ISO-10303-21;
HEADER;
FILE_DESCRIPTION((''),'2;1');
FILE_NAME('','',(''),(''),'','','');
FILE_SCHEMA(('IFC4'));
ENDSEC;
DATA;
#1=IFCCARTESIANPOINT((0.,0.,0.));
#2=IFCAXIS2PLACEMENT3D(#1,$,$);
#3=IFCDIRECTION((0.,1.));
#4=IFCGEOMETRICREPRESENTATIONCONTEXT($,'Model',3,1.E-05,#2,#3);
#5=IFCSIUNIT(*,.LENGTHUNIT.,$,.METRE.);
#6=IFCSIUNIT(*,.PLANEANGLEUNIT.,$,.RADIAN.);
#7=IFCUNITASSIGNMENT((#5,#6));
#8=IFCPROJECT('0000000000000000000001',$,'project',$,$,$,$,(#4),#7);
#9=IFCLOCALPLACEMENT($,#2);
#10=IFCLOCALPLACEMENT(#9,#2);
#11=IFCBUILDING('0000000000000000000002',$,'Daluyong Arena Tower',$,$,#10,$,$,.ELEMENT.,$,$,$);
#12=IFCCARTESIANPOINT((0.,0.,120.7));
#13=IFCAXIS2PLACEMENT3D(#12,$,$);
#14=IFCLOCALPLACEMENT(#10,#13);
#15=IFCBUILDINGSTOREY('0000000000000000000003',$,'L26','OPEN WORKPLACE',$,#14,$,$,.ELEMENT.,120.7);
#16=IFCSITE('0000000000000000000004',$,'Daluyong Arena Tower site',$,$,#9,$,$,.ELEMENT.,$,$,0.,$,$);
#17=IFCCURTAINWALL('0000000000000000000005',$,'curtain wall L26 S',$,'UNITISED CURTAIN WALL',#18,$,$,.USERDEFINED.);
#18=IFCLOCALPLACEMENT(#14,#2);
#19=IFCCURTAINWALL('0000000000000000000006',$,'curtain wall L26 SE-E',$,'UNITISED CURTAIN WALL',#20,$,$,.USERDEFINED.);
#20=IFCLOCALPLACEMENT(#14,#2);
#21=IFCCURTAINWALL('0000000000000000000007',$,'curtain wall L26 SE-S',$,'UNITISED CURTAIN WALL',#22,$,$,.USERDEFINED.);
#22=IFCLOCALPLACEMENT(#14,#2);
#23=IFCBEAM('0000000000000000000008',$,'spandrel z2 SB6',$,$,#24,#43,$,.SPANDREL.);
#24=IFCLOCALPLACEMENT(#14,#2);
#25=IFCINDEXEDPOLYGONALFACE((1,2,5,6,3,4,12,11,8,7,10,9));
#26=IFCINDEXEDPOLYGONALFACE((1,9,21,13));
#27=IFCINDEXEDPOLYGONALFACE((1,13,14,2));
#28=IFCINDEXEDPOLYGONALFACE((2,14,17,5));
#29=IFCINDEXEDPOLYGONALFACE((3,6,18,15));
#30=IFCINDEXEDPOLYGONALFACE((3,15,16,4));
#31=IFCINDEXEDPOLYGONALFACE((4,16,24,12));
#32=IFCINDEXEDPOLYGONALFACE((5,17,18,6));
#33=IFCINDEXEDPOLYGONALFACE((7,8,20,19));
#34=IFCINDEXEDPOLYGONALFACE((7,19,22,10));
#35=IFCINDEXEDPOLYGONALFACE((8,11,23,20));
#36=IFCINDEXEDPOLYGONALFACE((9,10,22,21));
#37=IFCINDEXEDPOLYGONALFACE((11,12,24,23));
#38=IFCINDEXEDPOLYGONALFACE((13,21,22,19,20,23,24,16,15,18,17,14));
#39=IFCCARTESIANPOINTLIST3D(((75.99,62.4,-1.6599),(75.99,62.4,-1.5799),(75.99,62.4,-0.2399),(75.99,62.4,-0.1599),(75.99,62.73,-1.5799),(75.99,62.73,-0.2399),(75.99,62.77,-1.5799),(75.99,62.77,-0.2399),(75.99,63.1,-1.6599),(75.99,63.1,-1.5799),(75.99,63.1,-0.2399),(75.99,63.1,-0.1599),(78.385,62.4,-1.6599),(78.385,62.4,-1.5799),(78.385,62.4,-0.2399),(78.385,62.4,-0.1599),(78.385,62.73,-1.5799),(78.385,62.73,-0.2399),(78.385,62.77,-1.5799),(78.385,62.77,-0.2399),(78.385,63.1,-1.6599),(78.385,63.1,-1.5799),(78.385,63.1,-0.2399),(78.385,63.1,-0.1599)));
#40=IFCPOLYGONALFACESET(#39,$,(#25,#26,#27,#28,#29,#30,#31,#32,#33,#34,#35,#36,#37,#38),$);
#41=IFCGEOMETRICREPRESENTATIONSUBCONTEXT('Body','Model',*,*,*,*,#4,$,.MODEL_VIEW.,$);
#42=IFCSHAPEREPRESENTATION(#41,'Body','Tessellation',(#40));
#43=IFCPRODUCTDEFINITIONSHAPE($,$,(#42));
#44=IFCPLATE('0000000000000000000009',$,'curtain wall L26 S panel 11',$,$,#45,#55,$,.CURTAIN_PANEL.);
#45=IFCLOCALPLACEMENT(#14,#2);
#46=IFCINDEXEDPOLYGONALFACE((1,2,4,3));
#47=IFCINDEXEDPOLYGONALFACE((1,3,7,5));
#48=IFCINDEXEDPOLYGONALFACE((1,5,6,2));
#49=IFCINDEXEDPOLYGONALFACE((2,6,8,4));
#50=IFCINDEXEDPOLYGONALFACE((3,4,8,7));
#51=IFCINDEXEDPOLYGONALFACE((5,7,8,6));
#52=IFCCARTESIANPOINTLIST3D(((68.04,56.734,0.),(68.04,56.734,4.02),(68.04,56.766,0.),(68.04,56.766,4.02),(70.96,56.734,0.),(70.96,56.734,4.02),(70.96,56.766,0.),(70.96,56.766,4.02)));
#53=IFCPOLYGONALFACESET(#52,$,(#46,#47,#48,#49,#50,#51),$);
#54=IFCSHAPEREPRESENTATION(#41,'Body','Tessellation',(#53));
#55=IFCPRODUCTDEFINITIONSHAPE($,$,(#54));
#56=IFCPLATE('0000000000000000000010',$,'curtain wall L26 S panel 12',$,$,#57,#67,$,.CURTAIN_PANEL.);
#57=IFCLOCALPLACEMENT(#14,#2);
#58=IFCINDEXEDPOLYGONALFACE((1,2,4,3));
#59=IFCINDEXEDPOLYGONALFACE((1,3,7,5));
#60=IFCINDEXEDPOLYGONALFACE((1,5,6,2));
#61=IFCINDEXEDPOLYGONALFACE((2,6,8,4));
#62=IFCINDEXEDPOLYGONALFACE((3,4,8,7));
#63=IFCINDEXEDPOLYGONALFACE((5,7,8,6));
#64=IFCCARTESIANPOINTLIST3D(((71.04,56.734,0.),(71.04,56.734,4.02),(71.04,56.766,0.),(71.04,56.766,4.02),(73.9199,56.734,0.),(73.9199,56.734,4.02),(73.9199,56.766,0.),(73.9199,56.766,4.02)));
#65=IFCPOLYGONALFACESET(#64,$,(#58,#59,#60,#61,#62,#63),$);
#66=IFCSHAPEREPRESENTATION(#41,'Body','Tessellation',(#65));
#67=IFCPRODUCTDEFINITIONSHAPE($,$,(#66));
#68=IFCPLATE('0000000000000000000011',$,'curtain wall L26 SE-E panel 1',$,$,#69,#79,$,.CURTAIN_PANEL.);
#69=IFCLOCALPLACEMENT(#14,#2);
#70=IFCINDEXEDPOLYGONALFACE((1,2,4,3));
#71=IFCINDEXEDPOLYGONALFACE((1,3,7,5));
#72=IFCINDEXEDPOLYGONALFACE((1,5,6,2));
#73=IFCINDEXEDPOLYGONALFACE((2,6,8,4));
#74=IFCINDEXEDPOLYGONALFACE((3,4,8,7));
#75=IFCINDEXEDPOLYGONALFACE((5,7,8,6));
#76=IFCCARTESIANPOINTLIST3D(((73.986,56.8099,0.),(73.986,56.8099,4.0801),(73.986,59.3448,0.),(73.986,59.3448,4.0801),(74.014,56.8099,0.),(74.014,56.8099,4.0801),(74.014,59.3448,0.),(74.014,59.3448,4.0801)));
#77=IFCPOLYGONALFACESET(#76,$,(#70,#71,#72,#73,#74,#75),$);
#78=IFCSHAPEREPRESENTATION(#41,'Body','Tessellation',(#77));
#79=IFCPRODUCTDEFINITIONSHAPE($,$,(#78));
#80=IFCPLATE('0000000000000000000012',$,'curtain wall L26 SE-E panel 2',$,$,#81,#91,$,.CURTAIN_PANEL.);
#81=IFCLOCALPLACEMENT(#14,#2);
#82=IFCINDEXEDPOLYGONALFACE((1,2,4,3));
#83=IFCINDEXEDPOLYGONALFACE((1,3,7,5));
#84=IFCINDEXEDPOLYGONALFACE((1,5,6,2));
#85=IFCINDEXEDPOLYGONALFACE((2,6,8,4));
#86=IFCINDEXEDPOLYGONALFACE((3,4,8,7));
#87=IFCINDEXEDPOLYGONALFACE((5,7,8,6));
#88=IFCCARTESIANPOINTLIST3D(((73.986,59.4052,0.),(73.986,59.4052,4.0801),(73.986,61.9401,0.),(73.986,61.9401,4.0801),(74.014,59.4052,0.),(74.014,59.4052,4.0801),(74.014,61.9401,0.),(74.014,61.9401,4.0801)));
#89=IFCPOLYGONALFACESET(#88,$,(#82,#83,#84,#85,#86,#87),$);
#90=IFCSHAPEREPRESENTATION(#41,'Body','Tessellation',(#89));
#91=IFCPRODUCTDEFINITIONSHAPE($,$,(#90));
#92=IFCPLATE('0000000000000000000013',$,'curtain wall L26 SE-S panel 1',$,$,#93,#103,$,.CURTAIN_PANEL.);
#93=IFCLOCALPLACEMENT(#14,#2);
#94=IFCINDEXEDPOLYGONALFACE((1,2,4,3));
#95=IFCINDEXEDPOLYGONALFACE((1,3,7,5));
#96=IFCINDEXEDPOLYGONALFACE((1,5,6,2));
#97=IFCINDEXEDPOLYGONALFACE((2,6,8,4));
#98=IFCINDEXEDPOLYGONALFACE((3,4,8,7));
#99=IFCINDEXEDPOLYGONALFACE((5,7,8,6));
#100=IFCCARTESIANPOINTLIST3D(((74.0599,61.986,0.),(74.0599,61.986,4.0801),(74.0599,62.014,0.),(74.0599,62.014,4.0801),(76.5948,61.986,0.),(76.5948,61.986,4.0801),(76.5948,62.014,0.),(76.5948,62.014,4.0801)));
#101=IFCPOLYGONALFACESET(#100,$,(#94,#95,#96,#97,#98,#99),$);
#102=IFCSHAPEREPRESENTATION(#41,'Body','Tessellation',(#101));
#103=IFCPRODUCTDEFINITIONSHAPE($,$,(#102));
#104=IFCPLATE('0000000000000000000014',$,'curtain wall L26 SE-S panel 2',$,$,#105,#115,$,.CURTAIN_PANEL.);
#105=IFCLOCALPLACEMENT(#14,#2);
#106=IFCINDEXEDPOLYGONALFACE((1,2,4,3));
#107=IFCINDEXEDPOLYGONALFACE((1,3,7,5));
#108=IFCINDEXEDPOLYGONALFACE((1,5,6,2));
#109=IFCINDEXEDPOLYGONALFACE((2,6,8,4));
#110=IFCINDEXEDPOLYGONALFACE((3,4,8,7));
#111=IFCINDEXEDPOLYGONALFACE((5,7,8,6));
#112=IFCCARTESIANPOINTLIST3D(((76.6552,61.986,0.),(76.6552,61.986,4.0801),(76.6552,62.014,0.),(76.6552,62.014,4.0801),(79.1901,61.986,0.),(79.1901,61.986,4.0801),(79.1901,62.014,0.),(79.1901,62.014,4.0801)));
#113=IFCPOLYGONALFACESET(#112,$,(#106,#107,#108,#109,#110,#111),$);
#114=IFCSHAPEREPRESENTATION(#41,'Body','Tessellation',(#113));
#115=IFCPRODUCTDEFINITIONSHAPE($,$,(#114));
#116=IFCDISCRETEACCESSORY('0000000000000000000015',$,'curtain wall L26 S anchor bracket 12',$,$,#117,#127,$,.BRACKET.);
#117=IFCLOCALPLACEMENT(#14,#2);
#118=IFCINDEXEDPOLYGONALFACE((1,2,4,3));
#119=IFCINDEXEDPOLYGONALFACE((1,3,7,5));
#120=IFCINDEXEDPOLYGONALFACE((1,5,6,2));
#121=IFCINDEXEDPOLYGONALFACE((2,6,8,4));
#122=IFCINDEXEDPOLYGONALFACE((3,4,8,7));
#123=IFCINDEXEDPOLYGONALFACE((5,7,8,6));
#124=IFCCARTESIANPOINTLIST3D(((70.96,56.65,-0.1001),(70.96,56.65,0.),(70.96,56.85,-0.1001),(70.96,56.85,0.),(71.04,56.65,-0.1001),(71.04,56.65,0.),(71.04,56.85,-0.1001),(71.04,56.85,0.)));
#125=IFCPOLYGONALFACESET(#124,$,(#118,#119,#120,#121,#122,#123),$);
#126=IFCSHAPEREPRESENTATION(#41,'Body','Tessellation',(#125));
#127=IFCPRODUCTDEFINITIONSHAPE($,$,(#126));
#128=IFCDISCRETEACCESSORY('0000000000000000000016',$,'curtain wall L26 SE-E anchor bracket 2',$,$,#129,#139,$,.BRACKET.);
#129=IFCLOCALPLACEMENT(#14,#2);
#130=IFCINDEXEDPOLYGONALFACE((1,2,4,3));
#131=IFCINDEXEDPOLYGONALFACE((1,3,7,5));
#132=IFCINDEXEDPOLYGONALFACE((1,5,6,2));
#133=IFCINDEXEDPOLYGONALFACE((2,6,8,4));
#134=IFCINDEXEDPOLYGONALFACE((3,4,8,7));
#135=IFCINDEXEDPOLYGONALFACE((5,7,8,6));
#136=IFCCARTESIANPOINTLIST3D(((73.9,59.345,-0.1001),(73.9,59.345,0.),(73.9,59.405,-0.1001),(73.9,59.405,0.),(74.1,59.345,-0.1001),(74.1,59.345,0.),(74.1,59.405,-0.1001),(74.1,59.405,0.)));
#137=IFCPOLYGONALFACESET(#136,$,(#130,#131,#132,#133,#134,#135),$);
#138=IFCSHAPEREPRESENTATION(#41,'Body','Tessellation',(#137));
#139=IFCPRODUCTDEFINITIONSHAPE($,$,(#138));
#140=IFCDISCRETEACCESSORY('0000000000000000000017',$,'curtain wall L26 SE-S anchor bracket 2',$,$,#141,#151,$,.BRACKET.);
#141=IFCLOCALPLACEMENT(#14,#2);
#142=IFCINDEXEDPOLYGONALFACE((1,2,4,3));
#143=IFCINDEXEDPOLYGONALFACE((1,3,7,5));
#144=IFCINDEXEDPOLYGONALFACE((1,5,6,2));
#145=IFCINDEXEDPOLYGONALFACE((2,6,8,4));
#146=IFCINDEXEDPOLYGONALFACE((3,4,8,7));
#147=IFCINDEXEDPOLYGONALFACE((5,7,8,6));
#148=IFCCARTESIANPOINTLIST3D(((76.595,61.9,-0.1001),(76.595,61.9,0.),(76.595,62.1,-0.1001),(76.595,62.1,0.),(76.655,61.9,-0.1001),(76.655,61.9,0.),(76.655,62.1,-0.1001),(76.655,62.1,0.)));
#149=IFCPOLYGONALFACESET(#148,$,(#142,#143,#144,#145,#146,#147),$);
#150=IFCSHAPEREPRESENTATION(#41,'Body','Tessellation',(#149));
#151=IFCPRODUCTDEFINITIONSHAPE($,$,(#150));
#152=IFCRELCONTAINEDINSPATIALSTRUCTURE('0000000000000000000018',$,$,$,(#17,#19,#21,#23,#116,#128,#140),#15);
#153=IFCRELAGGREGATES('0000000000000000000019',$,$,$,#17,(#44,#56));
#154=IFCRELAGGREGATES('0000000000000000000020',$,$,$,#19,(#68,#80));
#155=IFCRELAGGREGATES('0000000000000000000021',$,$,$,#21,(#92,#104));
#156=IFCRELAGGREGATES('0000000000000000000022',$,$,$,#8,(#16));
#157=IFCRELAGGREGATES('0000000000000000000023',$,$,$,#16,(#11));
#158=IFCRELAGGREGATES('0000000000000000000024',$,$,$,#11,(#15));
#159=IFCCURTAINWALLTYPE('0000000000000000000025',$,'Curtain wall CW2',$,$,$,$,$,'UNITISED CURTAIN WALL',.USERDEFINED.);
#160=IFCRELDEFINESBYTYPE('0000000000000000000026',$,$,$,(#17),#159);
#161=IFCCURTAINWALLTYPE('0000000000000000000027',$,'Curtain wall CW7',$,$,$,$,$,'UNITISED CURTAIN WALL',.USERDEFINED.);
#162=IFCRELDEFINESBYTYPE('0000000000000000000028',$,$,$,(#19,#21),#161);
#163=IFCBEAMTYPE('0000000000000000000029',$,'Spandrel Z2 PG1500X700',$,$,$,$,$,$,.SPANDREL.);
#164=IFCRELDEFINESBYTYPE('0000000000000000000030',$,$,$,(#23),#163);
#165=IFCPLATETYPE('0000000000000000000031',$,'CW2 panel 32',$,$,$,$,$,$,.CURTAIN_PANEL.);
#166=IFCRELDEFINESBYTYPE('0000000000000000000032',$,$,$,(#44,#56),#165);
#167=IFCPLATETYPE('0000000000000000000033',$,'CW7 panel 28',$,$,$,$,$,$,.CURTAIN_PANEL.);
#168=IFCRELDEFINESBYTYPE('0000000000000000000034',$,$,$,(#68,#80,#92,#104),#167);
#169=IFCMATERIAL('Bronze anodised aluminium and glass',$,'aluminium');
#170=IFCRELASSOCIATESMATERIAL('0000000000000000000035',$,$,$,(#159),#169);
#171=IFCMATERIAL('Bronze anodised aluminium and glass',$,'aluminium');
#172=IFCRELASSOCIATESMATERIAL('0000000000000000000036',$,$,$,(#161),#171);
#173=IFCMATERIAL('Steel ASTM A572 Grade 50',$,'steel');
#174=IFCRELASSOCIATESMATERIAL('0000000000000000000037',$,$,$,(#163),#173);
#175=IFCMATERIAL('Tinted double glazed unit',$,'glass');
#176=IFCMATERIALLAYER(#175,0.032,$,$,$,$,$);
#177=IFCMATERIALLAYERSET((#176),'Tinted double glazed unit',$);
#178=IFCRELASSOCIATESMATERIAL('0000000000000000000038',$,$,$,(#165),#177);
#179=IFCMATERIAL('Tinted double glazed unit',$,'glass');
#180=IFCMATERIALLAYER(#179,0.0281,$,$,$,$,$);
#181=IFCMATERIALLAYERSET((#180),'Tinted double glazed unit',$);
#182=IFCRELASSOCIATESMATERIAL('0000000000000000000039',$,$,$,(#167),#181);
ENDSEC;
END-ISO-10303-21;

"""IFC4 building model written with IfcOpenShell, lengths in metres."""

from ifc_helpers import new_model, si_unit, direction, frame, origin, origin_2d, place, context, subcontext, project, spatial, rectangle, i_section, extrude, material, layer, layer_set, material_profile, profile_set, type_object, element, aggregate, save


model = new_model("IFC4")

# Units and contexts
model_context = context("Model", 3, precision=1e-05, world=origin(), true_north=direction((0.0, 1.0)))
body_context = subcontext(model_context, "Body", "Model", "MODEL_VIEW")
ifc_project = project(units=[si_unit("LENGTHUNIT", "METRE"), si_unit("PLANEANGLEUNIT", "RADIAN")], contexts=[model_context])

# Site, building, storey
site_placement = place(None, origin())
site = spatial("IfcSite", under=ifc_project, at=site_placement, Name="Daluyong Arena Tower site", CompositionType="ELEMENT", RefElevation=0.0)
building_placement = place(site_placement, origin())
building = spatial("IfcBuilding", under=site, at=building_placement, Name="Daluyong Arena Tower", CompositionType="ELEMENT")
storey_placement = place(building_placement, frame((0.0, 0.0, 120.7)))
storey = spatial("IfcBuildingStorey", under=building, at=storey_placement, Name="L26", Description="OPEN WORKPLACE", CompositionType="ELEMENT", Elevation=120.7)

# Curtain wall
ifc_material_1 = material(Name="Bronze anodised aluminium and glass", Category="aluminium")
curtain_wall_type_1 = type_object("IfcCurtainWallType", Name="Curtain wall CW2", ElementType="UNITISED CURTAIN WALL", PredefinedType="USERDEFINED", material=ifc_material_1)
curtain_wall_1_placement = place(storey_placement, origin())
curtain_wall_1 = element("IfcCurtainWall", 1, at=curtain_wall_1_placement, inside=storey, type_object=curtain_wall_type_1, Name="curtain wall L26 S", ObjectType="UNITISED CURTAIN WALL", PredefinedType="USERDEFINED")

# Curtain walls
ifc_material_2 = material(Name="Bronze anodised aluminium and glass", Category="aluminium")
curtain_wall_type_2 = type_object("IfcCurtainWallType", Name="Curtain wall CW7", ElementType="UNITISED CURTAIN WALL", PredefinedType="USERDEFINED", material=ifc_material_2)
curtain_wall_2_placement = place(storey_placement, origin())
curtain_wall_2 = element("IfcCurtainWall", 2, at=curtain_wall_2_placement, inside=storey, type_object=curtain_wall_type_2, Name="curtain wall L26 SE-E", ObjectType="UNITISED CURTAIN WALL", PredefinedType="USERDEFINED")
curtain_wall_3_placement = place(storey_placement, origin())
curtain_wall_3 = element("IfcCurtainWall", 3, at=curtain_wall_3_placement, inside=storey, type_object=curtain_wall_type_2, Name="curtain wall L26 SE-S", ObjectType="UNITISED CURTAIN WALL", PredefinedType="USERDEFINED")

# Beam
ifc_material_3 = material(Name="Steel ASTM A572 Grade 50", Category="steel")
ifc_material_profile_1 = material_profile(ifc_material_3, i_section(OverallWidth=0.7, OverallDepth=1.5, WebThickness=0.04, FlangeThickness=0.08, at=origin_2d()))
ifc_profile_set_1 = profile_set([ifc_material_profile_1], Name="Steel ASTM A572 Grade 50")
beam_type_1 = type_object("IfcBeamType", Name="Spandrel Z2 PG1500X700", PredefinedType="SPANDREL", material=ifc_profile_set_1)
for number, where, z_axis, x_axis, name in (
    (4, (75.99, 62.75, -0.9099), (1.0, 0.0, 0.0), (0.0, 1.0, 0.0), "spandrel z2 SB6"),
):
    element("IfcBeam", number, at=place(storey_placement, frame(where, z_axis=z_axis, x_axis=x_axis)), inside=storey, type_object=beam_type_1, Name=name, PredefinedType="SPANDREL", context=body_context, shape_type="SweptSolid", body=[
        extrude(i_section(OverallWidth=0.7, OverallDepth=1.5, WebThickness=0.04, FlangeThickness=0.08, at=origin_2d()), origin(), (0.0, 0.0, 1.0), 2.395),
    ])

# Plates
ifc_material_4 = material(Name="Tinted double glazed unit", Category="glass")
ifc_layer_1 = layer(ifc_material_4, 0.032)
ifc_layer_set_1 = layer_set([ifc_layer_1], Name="Tinted double glazed unit")
plate_type_1 = type_object("IfcPlateType", Name="CW2 panel 32", PredefinedType="CURTAIN_PANEL", material=ifc_layer_set_1)
plate_1_placement = place(storey_placement, frame((69.5, 56.75, 0.0), z_axis=(0.0, 0.0, 1.0), x_axis=(1.0, 0.0, 0.0)))
plate_1 = element("IfcPlate", 5, at=plate_1_placement, type_object=plate_type_1, Name="curtain wall L26 S panel 11", PredefinedType="CURTAIN_PANEL", context=body_context, shape_type="SweptSolid", body=[
    extrude(rectangle(XDim=2.9199, YDim=0.032, at=origin_2d()), origin(), (0.0, 0.0, 1.0), 4.02),
])
plate_2_placement = place(storey_placement, frame((72.48, 56.75, 0.0), z_axis=(0.0, 0.0, 1.0), x_axis=(1.0, 0.0, 0.0)))
plate_2 = element("IfcPlate", 6, at=plate_2_placement, type_object=plate_type_1, Name="curtain wall L26 S panel 12", PredefinedType="CURTAIN_PANEL", context=body_context, shape_type="SweptSolid", body=[
    extrude(rectangle(XDim=2.8799, YDim=0.032, at=origin_2d()), origin(), (0.0, 0.0, 1.0), 4.02),
])
aggregate(curtain_wall_1, [plate_1, plate_2])
ifc_material_5 = material(Name="Tinted double glazed unit", Category="glass")
ifc_layer_2 = layer(ifc_material_5, 0.0281)
ifc_layer_set_2 = layer_set([ifc_layer_2], Name="Tinted double glazed unit")
plate_type_2 = type_object("IfcPlateType", Name="CW7 panel 28", PredefinedType="CURTAIN_PANEL", material=ifc_layer_set_2)
plate_3_placement = place(storey_placement, frame((74.0, 58.0774, 0.0), z_axis=(0.0, 0.0, 1.0), x_axis=(0.0, 1.0, 0.0)))
plate_3 = element("IfcPlate", 7, at=plate_3_placement, type_object=plate_type_2, Name="curtain wall L26 SE-E panel 1", PredefinedType="CURTAIN_PANEL", context=body_context, shape_type="SweptSolid", body=[
    extrude(rectangle(XDim=2.5349, YDim=0.0281, at=origin_2d()), origin(), (0.0, 0.0, 1.0), 4.0801),
])
plate_4_placement = place(storey_placement, frame((74.0, 60.6726, 0.0), z_axis=(0.0, 0.0, 1.0), x_axis=(0.0, 1.0, 0.0)))
plate_4 = element("IfcPlate", 8, at=plate_4_placement, type_object=plate_type_2, Name="curtain wall L26 SE-E panel 2", PredefinedType="CURTAIN_PANEL", context=body_context, shape_type="SweptSolid", body=[
    extrude(rectangle(XDim=2.5349, YDim=0.0281, at=origin_2d()), origin(), (0.0, 0.0, 1.0), 4.0801),
])
aggregate(curtain_wall_2, [plate_3, plate_4])
plate_5_placement = place(storey_placement, frame((75.3274, 62.0, 0.0), z_axis=(0.0, 0.0, 1.0), x_axis=(1.0, 0.0, 0.0)))
plate_5 = element("IfcPlate", 9, at=plate_5_placement, type_object=plate_type_2, Name="curtain wall L26 SE-S panel 1", PredefinedType="CURTAIN_PANEL", context=body_context, shape_type="SweptSolid", body=[
    extrude(rectangle(XDim=2.5349, YDim=0.0281, at=origin_2d()), origin(), (0.0, 0.0, 1.0), 4.0801),
])
plate_6_placement = place(storey_placement, frame((77.9226, 62.0, 0.0), z_axis=(0.0, 0.0, 1.0), x_axis=(1.0, 0.0, 0.0)))
plate_6 = element("IfcPlate", 10, at=plate_6_placement, type_object=plate_type_2, Name="curtain wall L26 SE-S panel 2", PredefinedType="CURTAIN_PANEL", context=body_context, shape_type="SweptSolid", body=[
    extrude(rectangle(XDim=2.5349, YDim=0.0281, at=origin_2d()), origin(), (0.0, 0.0, 1.0), 4.0801),
])
aggregate(curtain_wall_3, [plate_5, plate_6])

# Discrete accessories
discrete_accessory_placement = place(storey_placement, frame((71.0, 56.75, -0.1001), z_axis=(0.0, 0.0, 1.0), x_axis=(1.0, 0.0, 0.0)))
element("IfcDiscreteAccessory", 11, at=discrete_accessory_placement, inside=storey, Name="curtain wall L26 S anchor bracket 12", PredefinedType="BRACKET", context=body_context, shape_type="SweptSolid", body=[
    extrude(rectangle(XDim=0.0801, YDim=0.2, at=origin_2d()), origin(), (0.0, 0.0, 1.0), 0.1001),
])
for number, where, z_axis, x_axis, name in (
    (12, (74.0, 59.375, -0.1001), (0.0, 0.0, 1.0), (0.0, 1.0, 0.0), "curtain wall L26 SE-E anchor bracket 2"),
    (13, (76.625, 62.0, -0.1001), (0.0, 0.0, 1.0), (1.0, 0.0, 0.0), "curtain wall L26 SE-S anchor bracket 2"),
):
    element("IfcDiscreteAccessory", number, at=place(storey_placement, frame(where, z_axis=z_axis, x_axis=x_axis)), inside=storey, Name=name, PredefinedType="BRACKET", context=body_context, shape_type="SweptSolid", body=[
        extrude(rectangle(XDim=0.0601, YDim=0.2, at=origin_2d()), origin(), (0.0, 0.0, 1.0), 0.1001),
    ])

save(model, "model.ifc")
